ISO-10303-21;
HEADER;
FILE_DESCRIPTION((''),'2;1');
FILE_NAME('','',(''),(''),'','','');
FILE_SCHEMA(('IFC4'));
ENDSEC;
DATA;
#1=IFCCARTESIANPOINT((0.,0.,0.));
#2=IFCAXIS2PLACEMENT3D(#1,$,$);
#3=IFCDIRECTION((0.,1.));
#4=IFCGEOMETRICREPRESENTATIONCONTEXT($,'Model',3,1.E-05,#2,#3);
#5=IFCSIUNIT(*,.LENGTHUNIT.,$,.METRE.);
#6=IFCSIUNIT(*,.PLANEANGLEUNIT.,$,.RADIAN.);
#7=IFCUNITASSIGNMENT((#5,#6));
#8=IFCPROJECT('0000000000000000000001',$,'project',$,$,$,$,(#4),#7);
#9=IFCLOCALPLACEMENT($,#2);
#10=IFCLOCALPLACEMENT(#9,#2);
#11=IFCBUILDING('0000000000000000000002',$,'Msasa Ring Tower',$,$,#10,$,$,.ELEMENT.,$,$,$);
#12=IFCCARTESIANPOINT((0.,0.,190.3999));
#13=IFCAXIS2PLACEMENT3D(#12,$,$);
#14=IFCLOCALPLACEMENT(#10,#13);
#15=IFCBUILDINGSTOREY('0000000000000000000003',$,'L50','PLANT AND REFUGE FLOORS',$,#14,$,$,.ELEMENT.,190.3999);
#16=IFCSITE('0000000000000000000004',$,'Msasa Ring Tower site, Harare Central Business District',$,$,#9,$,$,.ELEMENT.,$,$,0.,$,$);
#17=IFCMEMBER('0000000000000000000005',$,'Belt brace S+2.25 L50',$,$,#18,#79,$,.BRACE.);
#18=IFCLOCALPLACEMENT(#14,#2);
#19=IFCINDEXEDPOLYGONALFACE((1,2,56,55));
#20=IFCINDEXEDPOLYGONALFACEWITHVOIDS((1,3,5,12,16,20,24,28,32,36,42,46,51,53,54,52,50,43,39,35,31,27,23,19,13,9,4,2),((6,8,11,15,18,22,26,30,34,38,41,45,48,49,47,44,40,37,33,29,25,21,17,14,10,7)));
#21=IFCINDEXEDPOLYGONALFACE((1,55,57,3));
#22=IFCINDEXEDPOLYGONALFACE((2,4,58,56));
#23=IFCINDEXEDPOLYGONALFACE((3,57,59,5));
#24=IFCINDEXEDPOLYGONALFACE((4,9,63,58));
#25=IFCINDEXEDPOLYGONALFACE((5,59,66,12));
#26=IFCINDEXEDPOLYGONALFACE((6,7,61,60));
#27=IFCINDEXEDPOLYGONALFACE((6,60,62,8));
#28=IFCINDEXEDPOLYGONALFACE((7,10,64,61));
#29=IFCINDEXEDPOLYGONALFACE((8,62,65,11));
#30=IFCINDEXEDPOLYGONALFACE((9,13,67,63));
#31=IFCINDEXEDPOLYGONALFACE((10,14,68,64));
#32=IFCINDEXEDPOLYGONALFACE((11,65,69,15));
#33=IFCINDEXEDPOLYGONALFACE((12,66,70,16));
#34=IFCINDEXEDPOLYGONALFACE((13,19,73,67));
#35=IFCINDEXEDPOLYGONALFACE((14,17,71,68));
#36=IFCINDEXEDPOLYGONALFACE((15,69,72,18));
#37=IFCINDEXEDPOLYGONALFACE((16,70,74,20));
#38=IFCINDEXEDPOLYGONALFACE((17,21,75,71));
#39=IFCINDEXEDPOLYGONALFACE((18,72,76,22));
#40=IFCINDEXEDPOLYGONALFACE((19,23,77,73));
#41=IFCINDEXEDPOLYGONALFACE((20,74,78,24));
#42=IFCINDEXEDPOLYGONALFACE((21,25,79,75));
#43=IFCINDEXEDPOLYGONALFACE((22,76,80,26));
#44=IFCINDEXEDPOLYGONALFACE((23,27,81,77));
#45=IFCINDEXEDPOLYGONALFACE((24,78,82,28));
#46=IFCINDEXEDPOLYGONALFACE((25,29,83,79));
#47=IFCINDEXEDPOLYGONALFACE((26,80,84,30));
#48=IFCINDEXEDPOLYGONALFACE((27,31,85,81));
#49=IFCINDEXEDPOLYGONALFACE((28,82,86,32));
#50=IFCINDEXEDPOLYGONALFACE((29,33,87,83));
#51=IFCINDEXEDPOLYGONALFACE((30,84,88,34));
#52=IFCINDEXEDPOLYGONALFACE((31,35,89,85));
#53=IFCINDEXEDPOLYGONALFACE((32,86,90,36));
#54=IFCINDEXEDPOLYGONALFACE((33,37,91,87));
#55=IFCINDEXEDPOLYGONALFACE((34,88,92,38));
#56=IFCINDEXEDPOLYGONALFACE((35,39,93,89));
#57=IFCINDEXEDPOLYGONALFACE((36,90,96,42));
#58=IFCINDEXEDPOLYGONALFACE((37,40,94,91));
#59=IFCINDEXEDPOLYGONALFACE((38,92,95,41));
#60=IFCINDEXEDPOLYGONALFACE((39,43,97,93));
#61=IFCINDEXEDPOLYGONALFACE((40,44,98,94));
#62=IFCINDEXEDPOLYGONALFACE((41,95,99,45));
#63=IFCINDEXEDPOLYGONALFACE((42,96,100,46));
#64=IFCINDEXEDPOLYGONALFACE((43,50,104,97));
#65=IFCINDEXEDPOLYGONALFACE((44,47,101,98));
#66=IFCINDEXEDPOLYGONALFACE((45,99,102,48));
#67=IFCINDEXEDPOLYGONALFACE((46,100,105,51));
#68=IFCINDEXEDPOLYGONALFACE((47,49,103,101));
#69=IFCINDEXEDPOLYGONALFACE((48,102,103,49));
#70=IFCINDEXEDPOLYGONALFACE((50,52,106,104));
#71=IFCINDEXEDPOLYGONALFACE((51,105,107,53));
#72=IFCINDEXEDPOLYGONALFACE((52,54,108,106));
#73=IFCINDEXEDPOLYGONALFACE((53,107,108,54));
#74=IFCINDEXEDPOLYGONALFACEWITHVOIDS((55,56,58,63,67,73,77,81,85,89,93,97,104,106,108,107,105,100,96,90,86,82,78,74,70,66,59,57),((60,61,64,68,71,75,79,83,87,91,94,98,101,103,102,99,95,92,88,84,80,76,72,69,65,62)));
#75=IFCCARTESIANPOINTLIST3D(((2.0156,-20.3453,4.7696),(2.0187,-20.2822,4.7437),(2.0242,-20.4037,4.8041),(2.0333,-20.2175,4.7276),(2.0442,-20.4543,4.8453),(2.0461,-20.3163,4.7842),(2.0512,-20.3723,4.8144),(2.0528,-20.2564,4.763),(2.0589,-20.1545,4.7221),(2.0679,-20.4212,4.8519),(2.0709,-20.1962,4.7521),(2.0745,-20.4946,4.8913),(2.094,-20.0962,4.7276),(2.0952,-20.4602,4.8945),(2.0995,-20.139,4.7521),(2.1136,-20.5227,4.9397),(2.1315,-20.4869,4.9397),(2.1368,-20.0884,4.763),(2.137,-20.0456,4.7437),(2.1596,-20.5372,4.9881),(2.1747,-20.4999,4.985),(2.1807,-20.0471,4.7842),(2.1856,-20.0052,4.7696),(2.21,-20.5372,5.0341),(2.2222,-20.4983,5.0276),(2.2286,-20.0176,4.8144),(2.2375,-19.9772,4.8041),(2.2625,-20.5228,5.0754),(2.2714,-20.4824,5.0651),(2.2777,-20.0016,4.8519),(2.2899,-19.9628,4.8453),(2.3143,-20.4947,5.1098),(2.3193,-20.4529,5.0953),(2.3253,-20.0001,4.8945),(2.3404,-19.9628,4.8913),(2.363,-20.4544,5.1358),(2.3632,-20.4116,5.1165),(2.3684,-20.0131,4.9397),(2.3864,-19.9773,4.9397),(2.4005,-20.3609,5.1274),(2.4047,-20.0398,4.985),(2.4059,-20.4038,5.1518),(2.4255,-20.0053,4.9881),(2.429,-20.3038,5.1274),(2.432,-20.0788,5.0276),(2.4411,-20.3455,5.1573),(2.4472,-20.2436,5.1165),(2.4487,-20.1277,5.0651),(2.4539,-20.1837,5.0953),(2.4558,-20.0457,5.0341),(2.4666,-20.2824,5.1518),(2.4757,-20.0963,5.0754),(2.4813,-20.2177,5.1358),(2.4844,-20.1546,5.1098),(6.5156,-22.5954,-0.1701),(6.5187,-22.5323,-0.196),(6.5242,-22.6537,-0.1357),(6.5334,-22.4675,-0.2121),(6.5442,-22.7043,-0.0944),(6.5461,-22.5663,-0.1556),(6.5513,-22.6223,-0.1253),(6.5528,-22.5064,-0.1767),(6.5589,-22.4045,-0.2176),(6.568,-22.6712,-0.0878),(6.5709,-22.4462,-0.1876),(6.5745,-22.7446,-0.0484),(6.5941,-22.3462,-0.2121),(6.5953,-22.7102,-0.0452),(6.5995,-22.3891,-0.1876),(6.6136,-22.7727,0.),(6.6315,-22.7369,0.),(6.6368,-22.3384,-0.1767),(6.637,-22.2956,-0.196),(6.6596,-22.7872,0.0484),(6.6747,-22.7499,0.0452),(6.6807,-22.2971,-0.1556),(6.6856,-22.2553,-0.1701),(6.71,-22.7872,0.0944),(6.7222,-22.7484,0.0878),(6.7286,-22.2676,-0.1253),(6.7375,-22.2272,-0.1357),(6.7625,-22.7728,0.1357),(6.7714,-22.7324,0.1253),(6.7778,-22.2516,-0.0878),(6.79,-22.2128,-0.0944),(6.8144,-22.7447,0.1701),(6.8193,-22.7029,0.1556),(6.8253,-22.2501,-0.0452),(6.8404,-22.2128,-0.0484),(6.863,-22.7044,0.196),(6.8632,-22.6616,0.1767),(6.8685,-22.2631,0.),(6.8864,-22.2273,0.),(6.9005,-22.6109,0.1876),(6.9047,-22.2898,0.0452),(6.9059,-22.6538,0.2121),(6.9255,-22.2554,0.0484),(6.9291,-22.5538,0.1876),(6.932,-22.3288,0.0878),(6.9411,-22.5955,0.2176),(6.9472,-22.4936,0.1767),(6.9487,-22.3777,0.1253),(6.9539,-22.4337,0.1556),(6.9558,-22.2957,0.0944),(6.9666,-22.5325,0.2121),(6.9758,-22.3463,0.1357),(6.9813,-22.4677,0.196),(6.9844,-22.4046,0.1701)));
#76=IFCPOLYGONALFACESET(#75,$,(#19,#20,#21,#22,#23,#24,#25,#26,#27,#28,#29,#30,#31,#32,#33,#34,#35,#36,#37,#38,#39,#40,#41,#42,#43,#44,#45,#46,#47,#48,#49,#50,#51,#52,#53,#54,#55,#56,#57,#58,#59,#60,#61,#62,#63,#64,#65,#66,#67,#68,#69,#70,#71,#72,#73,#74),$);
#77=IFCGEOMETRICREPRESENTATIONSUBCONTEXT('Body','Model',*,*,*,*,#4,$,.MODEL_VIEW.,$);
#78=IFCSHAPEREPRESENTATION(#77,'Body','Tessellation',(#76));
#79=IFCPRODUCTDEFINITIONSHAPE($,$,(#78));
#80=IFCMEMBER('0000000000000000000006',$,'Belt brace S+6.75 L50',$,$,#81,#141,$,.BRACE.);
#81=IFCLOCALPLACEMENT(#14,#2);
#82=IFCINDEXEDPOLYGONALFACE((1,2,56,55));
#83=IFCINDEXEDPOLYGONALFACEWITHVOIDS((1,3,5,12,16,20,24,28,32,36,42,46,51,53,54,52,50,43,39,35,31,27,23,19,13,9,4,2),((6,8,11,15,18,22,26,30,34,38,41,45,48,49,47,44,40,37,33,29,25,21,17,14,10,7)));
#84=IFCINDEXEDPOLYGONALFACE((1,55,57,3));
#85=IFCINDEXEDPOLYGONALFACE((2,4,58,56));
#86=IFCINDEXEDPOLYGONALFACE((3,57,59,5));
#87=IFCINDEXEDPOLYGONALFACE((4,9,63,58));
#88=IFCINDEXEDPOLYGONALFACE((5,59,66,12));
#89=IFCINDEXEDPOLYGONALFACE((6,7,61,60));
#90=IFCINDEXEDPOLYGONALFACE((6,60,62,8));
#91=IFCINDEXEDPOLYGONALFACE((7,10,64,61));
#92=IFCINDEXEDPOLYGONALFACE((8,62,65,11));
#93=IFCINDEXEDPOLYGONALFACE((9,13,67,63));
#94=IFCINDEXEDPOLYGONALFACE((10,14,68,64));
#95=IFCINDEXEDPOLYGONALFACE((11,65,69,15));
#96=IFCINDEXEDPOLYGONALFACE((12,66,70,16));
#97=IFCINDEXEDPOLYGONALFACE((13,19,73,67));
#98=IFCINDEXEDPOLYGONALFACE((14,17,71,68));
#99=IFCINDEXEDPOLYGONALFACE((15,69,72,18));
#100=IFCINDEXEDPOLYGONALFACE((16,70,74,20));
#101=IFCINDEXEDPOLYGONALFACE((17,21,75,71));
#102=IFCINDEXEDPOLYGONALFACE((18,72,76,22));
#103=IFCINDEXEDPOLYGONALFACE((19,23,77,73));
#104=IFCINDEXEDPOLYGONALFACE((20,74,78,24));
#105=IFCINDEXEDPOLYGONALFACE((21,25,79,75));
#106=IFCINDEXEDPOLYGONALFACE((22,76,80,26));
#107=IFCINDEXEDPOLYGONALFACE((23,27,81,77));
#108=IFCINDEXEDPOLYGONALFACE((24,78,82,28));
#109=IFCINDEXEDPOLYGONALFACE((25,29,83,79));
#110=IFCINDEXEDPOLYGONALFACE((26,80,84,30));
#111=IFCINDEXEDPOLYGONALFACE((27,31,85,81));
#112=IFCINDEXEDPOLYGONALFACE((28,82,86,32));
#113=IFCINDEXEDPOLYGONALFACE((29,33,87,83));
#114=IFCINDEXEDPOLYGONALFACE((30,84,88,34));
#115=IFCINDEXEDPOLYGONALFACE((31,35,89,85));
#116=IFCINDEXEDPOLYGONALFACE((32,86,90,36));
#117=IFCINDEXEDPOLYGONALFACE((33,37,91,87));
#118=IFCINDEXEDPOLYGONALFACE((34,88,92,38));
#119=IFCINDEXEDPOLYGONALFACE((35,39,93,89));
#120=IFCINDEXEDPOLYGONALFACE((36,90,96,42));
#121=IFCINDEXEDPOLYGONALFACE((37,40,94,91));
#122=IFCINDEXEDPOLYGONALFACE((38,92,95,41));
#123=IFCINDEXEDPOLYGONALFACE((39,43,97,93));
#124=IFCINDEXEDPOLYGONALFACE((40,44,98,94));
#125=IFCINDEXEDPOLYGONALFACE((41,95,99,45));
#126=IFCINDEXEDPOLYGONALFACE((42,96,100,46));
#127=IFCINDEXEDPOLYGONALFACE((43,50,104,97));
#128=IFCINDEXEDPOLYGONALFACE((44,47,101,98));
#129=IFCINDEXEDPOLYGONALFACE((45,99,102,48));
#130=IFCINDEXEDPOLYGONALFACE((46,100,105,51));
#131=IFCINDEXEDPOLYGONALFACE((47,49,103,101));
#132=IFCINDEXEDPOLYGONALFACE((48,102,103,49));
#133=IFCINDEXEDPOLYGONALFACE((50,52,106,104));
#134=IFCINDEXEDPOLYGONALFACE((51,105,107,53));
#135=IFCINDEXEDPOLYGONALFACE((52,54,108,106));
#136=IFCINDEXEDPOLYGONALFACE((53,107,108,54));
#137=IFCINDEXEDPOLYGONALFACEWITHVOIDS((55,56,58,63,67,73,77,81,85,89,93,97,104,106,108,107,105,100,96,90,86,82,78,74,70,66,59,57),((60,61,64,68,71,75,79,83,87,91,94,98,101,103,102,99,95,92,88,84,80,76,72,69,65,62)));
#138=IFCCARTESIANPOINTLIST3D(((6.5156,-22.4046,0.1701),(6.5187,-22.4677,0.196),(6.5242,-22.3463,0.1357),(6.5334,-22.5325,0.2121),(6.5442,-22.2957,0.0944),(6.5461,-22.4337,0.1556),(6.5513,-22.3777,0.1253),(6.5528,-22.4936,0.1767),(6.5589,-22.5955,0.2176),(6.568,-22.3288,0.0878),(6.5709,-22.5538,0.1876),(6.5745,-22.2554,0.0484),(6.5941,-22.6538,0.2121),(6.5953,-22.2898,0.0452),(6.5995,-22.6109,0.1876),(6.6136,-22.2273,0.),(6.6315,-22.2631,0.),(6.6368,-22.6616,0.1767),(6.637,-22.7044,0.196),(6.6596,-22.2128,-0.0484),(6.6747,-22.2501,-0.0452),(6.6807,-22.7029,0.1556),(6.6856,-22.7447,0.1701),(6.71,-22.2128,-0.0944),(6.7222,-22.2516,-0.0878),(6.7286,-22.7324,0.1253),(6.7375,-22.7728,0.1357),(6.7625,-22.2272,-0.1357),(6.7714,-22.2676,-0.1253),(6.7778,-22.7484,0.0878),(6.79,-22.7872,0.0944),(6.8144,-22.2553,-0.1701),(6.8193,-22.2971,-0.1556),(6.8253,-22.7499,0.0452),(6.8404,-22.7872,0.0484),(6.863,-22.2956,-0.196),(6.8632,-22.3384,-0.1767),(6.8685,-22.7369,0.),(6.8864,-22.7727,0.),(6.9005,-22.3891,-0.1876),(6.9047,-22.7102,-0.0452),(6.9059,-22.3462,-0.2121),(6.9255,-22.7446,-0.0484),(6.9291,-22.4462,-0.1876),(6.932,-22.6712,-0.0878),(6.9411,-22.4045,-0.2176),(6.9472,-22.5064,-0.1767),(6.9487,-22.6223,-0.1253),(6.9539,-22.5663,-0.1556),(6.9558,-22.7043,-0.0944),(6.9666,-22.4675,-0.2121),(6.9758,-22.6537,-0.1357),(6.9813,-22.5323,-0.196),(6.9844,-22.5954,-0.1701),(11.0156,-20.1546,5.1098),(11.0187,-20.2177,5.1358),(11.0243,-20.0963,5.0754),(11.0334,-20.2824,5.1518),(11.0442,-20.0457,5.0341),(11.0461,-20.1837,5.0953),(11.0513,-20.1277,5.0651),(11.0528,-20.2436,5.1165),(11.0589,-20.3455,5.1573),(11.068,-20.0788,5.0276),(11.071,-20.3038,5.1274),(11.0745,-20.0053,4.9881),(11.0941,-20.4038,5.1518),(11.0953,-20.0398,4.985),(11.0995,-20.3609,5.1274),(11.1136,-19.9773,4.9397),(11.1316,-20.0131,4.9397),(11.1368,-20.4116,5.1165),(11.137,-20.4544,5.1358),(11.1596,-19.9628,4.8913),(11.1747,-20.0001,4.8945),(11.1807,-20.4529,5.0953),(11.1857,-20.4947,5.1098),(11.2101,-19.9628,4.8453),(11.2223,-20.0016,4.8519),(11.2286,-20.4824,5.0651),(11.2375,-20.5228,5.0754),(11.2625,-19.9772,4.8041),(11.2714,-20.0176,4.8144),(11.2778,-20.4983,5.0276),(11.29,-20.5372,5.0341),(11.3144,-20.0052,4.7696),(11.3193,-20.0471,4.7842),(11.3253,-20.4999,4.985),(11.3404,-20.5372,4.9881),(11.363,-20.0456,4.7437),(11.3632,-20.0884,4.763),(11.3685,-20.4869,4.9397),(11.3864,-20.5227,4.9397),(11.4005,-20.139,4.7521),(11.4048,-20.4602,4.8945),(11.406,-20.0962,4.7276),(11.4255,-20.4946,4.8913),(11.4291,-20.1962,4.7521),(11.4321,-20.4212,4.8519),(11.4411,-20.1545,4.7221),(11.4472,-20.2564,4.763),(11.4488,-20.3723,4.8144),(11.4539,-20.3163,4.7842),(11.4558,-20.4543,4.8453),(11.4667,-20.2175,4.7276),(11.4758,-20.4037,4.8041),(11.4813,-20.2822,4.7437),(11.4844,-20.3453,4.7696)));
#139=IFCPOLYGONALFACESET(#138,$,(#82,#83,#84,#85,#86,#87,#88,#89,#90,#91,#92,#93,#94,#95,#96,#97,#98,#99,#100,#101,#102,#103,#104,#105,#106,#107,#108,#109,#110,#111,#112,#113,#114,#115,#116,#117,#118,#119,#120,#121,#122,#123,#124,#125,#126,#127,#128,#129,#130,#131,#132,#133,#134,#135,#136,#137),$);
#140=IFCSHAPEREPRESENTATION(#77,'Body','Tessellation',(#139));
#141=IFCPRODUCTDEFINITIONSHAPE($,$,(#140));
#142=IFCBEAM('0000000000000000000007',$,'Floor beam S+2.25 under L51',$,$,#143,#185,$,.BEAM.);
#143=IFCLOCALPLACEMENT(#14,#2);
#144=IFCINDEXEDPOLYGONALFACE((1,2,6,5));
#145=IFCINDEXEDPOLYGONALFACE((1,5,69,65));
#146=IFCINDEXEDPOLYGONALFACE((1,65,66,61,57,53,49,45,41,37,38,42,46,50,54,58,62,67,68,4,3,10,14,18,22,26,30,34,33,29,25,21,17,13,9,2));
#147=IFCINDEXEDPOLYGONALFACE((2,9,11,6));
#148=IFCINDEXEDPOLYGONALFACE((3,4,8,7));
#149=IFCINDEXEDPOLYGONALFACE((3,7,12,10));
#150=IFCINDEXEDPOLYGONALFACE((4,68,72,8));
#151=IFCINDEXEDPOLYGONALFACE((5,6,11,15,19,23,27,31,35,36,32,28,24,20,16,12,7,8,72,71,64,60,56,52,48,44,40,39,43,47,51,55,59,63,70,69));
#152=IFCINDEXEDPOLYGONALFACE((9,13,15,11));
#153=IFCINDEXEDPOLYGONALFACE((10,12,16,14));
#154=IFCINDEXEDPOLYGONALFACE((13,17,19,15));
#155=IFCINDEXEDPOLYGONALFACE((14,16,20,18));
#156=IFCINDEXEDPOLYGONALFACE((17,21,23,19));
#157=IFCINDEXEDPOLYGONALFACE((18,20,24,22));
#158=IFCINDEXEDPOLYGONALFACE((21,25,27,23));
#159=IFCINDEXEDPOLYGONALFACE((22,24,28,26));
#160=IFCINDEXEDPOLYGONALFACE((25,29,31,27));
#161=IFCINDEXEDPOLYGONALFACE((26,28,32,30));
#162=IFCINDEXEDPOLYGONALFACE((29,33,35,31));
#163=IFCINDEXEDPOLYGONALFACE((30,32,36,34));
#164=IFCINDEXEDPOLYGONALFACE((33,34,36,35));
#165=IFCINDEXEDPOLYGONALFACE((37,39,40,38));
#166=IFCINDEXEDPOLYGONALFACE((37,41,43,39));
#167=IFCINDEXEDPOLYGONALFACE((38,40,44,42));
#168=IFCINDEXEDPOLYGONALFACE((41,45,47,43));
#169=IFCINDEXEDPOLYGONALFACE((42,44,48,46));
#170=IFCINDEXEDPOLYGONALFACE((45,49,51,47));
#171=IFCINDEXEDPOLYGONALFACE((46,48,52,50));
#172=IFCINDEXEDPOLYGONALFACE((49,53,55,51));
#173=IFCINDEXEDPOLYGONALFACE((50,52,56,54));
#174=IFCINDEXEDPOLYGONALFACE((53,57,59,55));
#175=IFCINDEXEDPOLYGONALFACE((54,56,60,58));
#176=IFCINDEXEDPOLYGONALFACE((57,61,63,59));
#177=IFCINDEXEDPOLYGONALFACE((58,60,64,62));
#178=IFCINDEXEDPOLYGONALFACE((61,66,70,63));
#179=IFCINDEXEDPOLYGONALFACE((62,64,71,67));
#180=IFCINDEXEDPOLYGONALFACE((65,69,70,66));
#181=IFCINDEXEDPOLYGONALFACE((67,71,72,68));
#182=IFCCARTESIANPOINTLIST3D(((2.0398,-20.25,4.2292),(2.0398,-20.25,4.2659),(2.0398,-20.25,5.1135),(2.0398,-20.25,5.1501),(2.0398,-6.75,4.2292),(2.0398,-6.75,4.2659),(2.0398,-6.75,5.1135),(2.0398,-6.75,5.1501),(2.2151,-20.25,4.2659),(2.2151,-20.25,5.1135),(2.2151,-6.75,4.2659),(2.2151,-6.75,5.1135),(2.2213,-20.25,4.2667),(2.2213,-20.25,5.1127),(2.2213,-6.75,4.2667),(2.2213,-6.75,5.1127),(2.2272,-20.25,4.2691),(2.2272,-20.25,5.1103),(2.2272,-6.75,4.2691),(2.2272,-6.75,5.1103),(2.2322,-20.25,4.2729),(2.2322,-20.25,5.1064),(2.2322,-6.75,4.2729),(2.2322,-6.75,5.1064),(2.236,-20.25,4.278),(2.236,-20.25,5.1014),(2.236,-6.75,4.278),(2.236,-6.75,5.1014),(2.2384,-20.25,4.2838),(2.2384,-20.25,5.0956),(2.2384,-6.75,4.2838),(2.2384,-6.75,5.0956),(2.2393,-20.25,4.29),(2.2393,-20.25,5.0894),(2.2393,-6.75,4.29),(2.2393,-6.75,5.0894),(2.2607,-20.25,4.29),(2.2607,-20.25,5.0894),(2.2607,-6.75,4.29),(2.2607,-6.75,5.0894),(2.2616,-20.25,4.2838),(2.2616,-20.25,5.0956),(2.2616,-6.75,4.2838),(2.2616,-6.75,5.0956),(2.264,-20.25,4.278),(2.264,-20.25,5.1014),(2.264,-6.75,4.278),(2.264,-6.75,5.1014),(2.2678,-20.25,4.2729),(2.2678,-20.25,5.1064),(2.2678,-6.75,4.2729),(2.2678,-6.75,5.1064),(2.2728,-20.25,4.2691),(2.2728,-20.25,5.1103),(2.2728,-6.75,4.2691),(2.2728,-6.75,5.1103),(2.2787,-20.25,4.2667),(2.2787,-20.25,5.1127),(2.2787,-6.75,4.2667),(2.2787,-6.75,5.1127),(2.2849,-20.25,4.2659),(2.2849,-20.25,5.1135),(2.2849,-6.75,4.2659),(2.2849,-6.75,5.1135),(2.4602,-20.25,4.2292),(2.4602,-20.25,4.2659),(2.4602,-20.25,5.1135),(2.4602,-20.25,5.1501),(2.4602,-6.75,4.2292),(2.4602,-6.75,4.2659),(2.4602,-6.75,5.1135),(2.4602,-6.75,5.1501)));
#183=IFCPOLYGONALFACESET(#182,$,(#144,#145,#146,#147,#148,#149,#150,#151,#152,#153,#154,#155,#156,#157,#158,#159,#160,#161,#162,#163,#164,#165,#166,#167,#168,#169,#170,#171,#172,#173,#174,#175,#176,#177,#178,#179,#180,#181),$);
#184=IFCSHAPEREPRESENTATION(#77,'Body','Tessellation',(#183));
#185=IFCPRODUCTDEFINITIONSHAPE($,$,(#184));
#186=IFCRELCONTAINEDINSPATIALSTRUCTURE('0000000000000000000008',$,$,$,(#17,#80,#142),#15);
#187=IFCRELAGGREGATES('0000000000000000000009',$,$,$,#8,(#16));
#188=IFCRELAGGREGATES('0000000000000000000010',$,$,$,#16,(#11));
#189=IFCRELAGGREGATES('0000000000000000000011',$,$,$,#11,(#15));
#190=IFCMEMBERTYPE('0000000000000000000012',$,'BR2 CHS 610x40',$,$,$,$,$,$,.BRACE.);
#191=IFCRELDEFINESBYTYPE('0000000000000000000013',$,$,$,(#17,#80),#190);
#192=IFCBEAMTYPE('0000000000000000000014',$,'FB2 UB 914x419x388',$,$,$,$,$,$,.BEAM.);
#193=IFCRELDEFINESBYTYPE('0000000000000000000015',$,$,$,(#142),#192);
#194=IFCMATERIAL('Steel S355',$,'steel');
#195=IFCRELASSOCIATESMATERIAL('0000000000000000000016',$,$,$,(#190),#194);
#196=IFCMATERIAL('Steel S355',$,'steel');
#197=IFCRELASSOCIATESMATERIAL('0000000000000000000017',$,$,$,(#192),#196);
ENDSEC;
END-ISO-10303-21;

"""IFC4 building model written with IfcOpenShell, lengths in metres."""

from ifc_helpers import new_model, si_unit, direction, frame, origin, origin_2d, place, context, subcontext, project, spatial, hollow_circle, i_section, extrude, material, material_profile, profile_set, type_object, element, save


model = new_model("IFC4")

# Units and contexts
model_context = context("Model", 3, precision=1e-05, world=origin(), true_north=direction((0.0, 1.0)))
body_context = subcontext(model_context, "Body", "Model", "MODEL_VIEW")
ifc_project = project(units=[si_unit("LENGTHUNIT", "METRE"), si_unit("PLANEANGLEUNIT", "RADIAN")], contexts=[model_context])

# Site, building, storey
site_placement = place(None, origin())
site = spatial("IfcSite", under=ifc_project, at=site_placement, Name="Msasa Ring Tower site, Harare Central Business District", CompositionType="ELEMENT", RefElevation=0.0)
building_placement = place(site_placement, origin())
building = spatial("IfcBuilding", under=site, at=building_placement, Name="Msasa Ring Tower", CompositionType="ELEMENT")
storey_placement = place(building_placement, frame((0.0, 0.0, 190.3999)))
storey = spatial("IfcBuildingStorey", under=building, at=storey_placement, Name="L50", Description="PLANT AND REFUGE FLOORS", CompositionType="ELEMENT", Elevation=190.3999)

# Members
ifc_material_1 = material(Name="Steel S355", Category="steel")
ifc_material_profile_1 = material_profile(ifc_material_1, hollow_circle(Radius=0.3049, WallThickness=0.04, at=origin_2d()), Name="CHS 610x40")
ifc_profile_set_1 = profile_set([ifc_material_profile_1], Name="Steel S355")
member_type = type_object("IfcMemberType", Name="BR2 CHS 610x40", PredefinedType="BRACE", material=ifc_profile_set_1)
for number, where, z_axis, x_axis, name in (
    (1, (6.75, -22.5, 0.0), (-0.63823, 0.319115, 0.700592), (-0.447214, -0.894427, 0.0), "Belt brace S+2.25 L50"),
    (2, (6.75, -22.5, 0.0), (0.63823, 0.319115, 0.700592), (-0.447214, 0.894427, 0.0), "Belt brace S+6.75 L50"),
):
    element("IfcMember", number, at=place(storey_placement, frame(where, z_axis=z_axis, x_axis=x_axis)), inside=storey, type_object=member_type, Name=name, PredefinedType="BRACE", context=body_context, shape_type="SweptSolid", body=[
        extrude(hollow_circle(Radius=0.3049, WallThickness=0.04, at=origin_2d()), origin(), (0.0, 0.0, 1.0), 7.0508),
    ])

# Beam
ifc_material_2 = material(Name="Steel S355", Category="steel")
ifc_material_profile_2 = material_profile(ifc_material_2, i_section(OverallWidth=0.4204, OverallDepth=0.9209, WebThickness=0.0215, FlangeThickness=0.0366, FilletRadius=0.0242, at=origin_2d()), Name="UB 914x419x388")
ifc_profile_set_2 = profile_set([ifc_material_profile_2], Name="Steel S355")
beam_type_1 = type_object("IfcBeamType", Name="FB2 UB 914x419x388", PredefinedType="BEAM", material=ifc_profile_set_2)
for number, where, z_axis, x_axis, name in (
    (3, (2.25, -20.25, 4.6897), (0.0, 1.0, 0.0), (-1.0, 0.0, 0.0), "Floor beam S+2.25 under L51"),
):
    element("IfcBeam", number, at=place(storey_placement, frame(where, z_axis=z_axis, x_axis=x_axis)), inside=storey, type_object=beam_type_1, Name=name, PredefinedType="BEAM", context=body_context, shape_type="SweptSolid", body=[
        extrude(i_section(OverallWidth=0.4204, OverallDepth=0.9209, WebThickness=0.0215, FlangeThickness=0.0366, FilletRadius=0.0242, at=origin_2d()), origin(), (0.0, 0.0, 1.0), 13.5),
    ])

save(model, "model.ifc")
